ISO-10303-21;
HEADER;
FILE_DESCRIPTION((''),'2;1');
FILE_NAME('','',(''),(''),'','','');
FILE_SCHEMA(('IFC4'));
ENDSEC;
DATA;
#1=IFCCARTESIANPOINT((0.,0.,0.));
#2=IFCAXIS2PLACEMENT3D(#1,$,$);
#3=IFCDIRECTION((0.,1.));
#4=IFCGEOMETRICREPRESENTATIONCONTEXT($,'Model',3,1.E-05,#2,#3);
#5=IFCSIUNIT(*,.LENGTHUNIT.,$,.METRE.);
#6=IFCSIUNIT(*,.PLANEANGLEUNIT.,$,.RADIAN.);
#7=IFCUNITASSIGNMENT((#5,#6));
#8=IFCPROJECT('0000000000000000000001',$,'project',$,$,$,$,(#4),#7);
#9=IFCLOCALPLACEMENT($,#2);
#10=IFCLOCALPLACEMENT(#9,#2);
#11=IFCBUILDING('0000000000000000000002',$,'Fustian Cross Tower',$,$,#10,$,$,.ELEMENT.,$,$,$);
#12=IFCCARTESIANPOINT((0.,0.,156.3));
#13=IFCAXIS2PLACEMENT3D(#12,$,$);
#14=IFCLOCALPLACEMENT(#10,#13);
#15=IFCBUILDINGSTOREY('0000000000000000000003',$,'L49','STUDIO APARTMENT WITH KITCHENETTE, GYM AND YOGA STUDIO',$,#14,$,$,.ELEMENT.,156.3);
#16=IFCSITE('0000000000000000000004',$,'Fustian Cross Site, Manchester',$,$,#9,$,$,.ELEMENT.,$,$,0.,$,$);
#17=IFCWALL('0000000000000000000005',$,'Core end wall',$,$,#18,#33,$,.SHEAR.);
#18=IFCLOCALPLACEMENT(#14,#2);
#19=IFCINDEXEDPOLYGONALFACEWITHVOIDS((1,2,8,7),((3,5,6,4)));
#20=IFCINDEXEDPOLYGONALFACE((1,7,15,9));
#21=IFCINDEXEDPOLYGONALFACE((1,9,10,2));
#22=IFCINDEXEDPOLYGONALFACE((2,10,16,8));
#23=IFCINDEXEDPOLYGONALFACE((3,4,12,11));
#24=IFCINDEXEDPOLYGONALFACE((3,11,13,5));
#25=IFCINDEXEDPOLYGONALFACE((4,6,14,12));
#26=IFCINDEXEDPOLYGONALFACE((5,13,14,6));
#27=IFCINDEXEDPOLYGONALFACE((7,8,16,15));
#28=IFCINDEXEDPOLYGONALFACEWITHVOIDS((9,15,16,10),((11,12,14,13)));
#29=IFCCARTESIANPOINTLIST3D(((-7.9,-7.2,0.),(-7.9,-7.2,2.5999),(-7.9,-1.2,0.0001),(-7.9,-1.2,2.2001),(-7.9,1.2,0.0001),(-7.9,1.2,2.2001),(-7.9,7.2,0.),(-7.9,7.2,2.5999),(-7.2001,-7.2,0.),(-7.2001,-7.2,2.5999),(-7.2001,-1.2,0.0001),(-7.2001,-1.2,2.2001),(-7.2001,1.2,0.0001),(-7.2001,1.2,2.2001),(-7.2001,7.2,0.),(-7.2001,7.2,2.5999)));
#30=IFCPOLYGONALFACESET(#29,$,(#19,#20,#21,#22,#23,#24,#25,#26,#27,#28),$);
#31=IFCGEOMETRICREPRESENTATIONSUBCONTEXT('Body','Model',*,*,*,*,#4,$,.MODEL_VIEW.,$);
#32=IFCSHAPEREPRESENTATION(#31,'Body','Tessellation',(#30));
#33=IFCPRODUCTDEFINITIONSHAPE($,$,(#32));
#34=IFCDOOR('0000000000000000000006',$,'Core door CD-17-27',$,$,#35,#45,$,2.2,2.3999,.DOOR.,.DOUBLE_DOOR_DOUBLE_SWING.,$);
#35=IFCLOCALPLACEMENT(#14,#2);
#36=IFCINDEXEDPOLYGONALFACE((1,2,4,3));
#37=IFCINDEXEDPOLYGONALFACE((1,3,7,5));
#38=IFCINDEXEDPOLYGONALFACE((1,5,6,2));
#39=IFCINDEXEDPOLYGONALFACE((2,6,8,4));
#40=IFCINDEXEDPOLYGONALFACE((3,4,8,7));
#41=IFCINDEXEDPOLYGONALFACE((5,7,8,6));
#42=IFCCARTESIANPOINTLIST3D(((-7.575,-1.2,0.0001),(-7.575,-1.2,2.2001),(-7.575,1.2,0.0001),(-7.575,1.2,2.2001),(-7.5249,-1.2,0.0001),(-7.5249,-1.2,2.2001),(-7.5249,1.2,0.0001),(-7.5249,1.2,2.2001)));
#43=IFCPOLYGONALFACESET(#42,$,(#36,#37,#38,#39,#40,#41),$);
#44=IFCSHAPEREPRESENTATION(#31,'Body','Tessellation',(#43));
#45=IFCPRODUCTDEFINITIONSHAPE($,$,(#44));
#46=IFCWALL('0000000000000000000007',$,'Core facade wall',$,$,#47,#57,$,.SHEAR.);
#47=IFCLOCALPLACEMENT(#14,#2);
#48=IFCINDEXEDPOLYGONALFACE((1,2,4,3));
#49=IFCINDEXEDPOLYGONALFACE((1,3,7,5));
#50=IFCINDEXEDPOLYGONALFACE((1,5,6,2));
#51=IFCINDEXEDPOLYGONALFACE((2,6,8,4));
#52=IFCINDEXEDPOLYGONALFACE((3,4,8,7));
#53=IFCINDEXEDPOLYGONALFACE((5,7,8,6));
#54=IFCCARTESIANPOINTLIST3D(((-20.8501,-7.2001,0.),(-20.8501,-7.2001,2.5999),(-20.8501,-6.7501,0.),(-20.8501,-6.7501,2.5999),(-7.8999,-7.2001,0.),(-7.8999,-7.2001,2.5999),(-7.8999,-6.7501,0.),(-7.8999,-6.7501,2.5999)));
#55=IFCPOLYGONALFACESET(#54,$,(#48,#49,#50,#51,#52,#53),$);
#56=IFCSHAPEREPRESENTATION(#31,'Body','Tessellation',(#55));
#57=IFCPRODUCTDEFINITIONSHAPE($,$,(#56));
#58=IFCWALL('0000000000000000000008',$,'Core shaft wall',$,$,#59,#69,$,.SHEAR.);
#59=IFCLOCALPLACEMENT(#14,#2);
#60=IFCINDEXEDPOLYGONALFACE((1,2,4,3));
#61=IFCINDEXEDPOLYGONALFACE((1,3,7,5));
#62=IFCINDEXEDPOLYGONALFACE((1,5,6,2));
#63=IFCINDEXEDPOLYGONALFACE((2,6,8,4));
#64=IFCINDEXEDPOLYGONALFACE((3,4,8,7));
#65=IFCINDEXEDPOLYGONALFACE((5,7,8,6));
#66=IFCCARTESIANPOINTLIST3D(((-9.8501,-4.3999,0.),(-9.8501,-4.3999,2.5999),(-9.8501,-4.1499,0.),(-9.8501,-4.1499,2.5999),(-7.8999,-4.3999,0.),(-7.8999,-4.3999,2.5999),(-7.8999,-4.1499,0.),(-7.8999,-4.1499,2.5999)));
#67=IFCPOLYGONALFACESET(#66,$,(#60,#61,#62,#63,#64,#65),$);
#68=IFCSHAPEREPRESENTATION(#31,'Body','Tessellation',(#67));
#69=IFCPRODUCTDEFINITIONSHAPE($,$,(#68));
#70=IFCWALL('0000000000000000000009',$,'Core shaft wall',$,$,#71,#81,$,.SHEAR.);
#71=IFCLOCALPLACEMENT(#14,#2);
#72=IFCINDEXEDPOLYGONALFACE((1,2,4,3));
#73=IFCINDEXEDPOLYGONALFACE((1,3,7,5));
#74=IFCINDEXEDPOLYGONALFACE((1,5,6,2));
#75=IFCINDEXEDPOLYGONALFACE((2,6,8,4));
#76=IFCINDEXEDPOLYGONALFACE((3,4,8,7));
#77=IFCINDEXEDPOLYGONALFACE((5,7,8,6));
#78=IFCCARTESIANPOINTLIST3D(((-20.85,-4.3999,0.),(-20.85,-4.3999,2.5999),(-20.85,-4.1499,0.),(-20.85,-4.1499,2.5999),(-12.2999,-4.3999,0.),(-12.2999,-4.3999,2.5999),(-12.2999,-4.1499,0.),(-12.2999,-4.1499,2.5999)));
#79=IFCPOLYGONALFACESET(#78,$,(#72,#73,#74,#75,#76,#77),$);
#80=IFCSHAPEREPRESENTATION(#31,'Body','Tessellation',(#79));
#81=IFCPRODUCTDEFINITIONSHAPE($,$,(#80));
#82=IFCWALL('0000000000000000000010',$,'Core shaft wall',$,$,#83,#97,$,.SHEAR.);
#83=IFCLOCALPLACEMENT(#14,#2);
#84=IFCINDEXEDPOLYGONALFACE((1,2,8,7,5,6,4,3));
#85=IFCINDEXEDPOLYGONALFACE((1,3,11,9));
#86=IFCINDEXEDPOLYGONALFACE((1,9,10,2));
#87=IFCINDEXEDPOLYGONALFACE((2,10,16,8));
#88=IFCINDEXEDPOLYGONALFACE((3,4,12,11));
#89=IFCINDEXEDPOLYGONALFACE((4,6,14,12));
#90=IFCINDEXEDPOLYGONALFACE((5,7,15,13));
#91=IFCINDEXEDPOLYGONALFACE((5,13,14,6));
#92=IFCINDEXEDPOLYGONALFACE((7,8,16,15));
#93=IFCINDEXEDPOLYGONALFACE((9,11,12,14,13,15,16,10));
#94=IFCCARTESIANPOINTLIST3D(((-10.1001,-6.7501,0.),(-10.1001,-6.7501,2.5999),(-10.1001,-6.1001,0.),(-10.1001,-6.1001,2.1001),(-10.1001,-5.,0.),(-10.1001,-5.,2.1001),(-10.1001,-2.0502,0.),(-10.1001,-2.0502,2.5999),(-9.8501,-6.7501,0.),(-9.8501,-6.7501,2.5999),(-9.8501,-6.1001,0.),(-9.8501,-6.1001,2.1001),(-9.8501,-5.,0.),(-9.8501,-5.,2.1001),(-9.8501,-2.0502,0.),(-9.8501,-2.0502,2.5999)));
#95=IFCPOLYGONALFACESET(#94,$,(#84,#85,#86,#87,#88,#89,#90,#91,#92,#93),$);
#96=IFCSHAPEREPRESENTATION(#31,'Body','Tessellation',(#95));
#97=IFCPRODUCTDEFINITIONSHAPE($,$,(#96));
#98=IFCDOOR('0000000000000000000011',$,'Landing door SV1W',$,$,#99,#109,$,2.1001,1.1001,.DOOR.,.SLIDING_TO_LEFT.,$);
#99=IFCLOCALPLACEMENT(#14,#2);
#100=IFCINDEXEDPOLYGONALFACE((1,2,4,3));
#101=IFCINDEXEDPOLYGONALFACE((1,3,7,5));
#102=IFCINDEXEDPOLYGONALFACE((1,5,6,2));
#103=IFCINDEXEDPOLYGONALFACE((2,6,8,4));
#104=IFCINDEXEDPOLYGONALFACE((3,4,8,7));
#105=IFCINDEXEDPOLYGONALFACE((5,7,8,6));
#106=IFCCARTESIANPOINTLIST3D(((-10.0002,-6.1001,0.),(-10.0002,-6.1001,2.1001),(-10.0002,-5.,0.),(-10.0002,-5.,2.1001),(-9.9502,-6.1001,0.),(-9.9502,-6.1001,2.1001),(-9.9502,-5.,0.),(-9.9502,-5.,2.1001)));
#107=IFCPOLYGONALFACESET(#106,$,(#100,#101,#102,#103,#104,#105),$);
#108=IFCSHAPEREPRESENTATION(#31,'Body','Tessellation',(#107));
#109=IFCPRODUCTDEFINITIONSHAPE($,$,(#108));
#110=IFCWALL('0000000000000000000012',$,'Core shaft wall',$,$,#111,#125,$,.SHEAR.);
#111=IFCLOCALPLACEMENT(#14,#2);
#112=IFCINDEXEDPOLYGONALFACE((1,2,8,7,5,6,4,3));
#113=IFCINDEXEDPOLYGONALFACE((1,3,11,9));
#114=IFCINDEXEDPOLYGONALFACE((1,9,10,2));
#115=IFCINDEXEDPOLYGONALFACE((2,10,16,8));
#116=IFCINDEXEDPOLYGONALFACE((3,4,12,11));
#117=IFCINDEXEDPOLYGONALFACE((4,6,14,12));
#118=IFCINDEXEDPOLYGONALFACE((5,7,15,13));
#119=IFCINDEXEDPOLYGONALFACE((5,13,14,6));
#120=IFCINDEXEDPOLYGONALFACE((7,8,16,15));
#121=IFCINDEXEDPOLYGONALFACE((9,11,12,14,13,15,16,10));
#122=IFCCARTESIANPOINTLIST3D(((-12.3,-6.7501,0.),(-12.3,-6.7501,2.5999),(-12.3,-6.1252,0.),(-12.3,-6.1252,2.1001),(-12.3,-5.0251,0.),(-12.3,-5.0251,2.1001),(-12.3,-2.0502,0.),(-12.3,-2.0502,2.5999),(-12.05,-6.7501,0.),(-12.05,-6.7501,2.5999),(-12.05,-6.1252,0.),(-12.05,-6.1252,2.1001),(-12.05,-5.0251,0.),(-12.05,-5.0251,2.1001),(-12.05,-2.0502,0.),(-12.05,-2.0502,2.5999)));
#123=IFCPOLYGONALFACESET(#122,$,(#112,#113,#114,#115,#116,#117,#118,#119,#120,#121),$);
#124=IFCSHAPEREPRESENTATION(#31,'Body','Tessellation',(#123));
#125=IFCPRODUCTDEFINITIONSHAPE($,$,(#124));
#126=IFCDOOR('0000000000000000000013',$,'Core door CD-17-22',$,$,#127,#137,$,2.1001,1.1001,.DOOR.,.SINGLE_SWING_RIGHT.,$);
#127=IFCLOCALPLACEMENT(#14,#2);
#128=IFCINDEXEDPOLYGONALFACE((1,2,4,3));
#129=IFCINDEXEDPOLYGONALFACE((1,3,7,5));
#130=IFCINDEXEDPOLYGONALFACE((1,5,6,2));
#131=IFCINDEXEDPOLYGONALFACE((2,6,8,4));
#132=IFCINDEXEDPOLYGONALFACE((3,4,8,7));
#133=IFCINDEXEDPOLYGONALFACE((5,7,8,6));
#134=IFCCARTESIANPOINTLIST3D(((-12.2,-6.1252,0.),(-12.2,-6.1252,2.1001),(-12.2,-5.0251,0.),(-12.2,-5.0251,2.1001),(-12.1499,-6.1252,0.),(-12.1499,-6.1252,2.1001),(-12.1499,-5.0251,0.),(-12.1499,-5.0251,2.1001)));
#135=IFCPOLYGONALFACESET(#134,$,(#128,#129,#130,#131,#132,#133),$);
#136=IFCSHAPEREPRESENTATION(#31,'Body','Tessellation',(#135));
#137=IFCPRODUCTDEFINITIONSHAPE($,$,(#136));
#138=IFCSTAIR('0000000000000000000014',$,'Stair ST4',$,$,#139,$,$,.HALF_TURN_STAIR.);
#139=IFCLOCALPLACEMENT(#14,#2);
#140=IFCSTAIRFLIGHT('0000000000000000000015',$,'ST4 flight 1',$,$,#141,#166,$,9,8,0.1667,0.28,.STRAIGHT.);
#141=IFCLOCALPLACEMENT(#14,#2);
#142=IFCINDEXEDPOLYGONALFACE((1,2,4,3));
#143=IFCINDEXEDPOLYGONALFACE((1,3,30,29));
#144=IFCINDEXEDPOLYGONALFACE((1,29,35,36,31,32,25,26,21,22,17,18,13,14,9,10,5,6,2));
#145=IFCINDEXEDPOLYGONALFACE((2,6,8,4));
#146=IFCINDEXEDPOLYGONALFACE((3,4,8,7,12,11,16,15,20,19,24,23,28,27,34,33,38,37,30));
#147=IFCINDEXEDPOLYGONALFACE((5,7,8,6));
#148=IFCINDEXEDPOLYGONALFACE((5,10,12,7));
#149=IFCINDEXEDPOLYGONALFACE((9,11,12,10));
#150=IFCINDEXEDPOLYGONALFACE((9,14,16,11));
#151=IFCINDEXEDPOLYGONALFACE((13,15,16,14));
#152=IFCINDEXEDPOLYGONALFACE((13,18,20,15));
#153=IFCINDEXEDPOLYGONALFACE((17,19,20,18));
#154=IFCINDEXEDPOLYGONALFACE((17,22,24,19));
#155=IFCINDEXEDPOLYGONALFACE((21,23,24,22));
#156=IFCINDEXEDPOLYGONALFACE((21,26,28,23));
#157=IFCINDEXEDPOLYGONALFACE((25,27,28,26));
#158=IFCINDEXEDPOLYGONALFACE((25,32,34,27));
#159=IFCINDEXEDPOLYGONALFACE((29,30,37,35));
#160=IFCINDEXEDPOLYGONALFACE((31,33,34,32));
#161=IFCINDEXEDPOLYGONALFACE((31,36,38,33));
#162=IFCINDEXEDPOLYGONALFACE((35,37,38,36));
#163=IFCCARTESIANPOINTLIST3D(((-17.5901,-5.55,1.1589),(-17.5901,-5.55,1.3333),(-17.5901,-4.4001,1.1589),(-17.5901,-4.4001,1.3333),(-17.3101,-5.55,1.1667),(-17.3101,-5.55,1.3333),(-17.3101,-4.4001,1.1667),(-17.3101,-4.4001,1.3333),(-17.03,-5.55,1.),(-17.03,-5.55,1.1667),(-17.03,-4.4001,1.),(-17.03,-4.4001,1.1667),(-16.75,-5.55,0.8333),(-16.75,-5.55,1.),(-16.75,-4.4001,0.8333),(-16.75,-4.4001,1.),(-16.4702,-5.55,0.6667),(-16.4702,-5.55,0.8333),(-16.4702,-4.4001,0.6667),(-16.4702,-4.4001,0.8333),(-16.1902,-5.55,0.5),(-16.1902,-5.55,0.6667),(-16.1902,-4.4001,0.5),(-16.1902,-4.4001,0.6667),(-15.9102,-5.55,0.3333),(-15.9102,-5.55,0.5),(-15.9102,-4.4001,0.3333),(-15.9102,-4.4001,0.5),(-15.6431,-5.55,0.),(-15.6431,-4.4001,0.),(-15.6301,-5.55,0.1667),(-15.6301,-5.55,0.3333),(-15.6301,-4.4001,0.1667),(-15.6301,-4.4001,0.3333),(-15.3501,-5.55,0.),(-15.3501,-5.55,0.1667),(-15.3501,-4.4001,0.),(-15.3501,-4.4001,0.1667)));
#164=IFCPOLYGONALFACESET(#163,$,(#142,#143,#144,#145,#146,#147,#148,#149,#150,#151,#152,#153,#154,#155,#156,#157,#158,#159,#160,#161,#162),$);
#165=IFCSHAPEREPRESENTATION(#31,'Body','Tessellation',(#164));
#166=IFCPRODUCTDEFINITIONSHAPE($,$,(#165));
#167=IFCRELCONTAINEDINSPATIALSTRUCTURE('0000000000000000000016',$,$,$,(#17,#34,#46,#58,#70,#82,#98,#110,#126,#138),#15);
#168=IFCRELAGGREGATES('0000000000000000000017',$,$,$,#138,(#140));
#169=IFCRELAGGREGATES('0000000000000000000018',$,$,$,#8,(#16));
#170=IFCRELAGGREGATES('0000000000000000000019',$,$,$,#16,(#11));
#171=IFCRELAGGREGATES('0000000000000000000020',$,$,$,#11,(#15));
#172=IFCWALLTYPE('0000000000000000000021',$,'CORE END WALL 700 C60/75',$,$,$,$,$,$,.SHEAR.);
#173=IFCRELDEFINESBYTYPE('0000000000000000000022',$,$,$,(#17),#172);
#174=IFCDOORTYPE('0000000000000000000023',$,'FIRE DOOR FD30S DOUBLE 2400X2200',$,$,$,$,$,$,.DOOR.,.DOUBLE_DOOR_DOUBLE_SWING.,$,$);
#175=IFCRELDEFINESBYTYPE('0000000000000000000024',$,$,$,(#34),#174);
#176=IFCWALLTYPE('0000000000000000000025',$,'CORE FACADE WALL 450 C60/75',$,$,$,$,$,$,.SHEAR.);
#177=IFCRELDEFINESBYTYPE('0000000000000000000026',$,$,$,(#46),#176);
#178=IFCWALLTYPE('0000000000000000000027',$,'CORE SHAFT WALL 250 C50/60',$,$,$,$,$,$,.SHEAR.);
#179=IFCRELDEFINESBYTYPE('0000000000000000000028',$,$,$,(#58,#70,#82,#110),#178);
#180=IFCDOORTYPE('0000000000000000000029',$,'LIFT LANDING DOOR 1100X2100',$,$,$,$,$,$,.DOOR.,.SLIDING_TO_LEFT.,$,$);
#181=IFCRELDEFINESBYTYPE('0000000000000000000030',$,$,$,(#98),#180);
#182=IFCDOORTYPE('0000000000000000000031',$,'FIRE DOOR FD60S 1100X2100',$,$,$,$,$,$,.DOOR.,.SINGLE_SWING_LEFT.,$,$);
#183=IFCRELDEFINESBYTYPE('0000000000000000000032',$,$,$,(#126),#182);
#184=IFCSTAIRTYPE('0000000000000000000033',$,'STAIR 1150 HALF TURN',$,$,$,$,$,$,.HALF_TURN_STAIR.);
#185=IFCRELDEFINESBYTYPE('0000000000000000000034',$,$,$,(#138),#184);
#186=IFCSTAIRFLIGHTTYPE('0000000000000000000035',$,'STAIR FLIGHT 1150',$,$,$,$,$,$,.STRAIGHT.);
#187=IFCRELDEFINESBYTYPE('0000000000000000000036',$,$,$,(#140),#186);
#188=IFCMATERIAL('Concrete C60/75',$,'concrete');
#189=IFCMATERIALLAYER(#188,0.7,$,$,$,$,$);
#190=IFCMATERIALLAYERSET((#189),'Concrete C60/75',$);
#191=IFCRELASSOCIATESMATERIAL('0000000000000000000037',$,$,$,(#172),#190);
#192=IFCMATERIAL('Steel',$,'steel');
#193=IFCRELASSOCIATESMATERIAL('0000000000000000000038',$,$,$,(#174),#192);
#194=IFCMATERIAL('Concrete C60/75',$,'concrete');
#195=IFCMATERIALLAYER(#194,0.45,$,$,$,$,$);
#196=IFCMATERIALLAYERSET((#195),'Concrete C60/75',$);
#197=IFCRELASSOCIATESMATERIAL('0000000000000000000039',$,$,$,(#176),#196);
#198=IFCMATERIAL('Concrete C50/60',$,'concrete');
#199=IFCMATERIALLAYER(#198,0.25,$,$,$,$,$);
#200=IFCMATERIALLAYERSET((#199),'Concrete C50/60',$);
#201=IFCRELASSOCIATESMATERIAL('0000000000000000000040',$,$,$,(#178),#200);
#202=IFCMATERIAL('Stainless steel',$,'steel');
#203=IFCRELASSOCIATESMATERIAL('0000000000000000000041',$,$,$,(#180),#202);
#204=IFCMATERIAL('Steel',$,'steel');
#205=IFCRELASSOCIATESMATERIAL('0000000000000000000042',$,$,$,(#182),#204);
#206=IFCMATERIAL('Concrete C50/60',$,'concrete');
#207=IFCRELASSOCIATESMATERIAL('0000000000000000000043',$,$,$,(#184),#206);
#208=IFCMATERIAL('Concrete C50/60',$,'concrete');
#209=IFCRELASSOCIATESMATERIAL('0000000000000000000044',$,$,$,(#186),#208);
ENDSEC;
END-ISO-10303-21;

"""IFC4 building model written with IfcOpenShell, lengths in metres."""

from ifc_helpers import new_model, si_unit, direction, frame, frame_2d, origin, place, context, subcontext, project, spatial, polyline, rectangle, outline, extrude, material, layer, layer_set, type_object, element, fill, aggregate, save


model = new_model("IFC4")

# Units and contexts
model_context = context("Model", 3, precision=1e-05, world=origin(), true_north=direction((0.0, 1.0)))
body_context = subcontext(model_context, "Body", "Model", "MODEL_VIEW")
ifc_project = project(units=[si_unit("LENGTHUNIT", "METRE"), si_unit("PLANEANGLEUNIT", "RADIAN")], contexts=[model_context])

# Site, building, storey
site_placement = place(None, origin())
site = spatial("IfcSite", under=ifc_project, at=site_placement, Name="Fustian Cross Site, Manchester", CompositionType="ELEMENT", RefElevation=0.0)
building_placement = place(site_placement, origin())
building = spatial("IfcBuilding", under=site, at=building_placement, Name="Fustian Cross Tower", CompositionType="ELEMENT")
storey_placement = place(building_placement, frame((0.0, 0.0, 156.3)))
storey = spatial("IfcBuildingStorey", under=building, at=storey_placement, Name="L49", Description="STUDIO APARTMENT WITH KITCHENETTE, GYM AND YOGA STUDIO", CompositionType="ELEMENT", Elevation=156.3)

# Wall, opening, door
ifc_material_1 = material(Name="Concrete C60/75", Category="concrete")
ifc_layer_1 = layer(ifc_material_1, 0.7)
ifc_layer_set_1 = layer_set([ifc_layer_1], Name="Concrete C60/75")
wall_type_1 = type_object("IfcWallType", Name="CORE END WALL 700 C60/75", PredefinedType="SHEAR", material=ifc_layer_set_1)
wall_1_placement = place(storey_placement, frame((-7.55, -7.2, 0.0), z_axis=(0.0, 0.0, 1.0), x_axis=(0.0, 1.0, 0.0)))
wall_1 = element("IfcWall", 1, at=wall_1_placement, inside=storey, type_object=wall_type_1, Name="Core end wall", PredefinedType="SHEAR", context=body_context, shape_type="SweptSolid", body=[
    extrude(rectangle(XDim=14.3999, YDim=0.7, at=frame_2d((7.2, 0.0))), origin(), (0.0, 0.0, 1.0), 2.5999),
])
opening_1_placement = place(wall_1_placement, frame((6.0, 0.0, 0.0)))
opening_1 = element("IfcOpeningElement", 2, at=opening_1_placement, cuts=wall_1, PredefinedType="OPENING", context=body_context, shape_type="SweptSolid", body=[
    extrude(rectangle(XDim=2.3999, YDim=2.2, at=frame_2d((1.2, 1.1001))), frame((0.0, 0.3599, 0.0), z_axis=(0.0, -1.0, 0.0), x_axis=(1.0, 0.0, 0.0)), (0.0, 0.0, 1.0), 0.72),
])
ifc_material_2 = material(Name="Steel", Category="steel")
door_type_1 = type_object("IfcDoorType", Name="FIRE DOOR FD30S DOUBLE 2400X2200", OperationType="DOUBLE_DOOR_DOUBLE_SWING", PredefinedType="DOOR", material=ifc_material_2)
door_1_placement = place(opening_1_placement, origin())
door_1 = element("IfcDoor", 3, at=door_1_placement, inside=storey, type_object=door_type_1, Name="Core door CD-17-27", OperationType="DOUBLE_DOOR_DOUBLE_SWING", OverallHeight=2.2, OverallWidth=2.3999, PredefinedType="DOOR", context=body_context, shape_type="SweptSolid", body=[
    extrude(rectangle(XDim=2.3999, YDim=2.2, at=frame_2d((1.2, 1.1001))), frame((0.0, 0.0249, 0.0), z_axis=(0.0, -1.0, 0.0), x_axis=(1.0, 0.0, 0.0)), (0.0, 0.0, 1.0), 0.05),
])
fill(opening_1, door_1)

# Walls
ifc_material_3 = material(Name="Concrete C60/75", Category="concrete")
ifc_layer_2 = layer(ifc_material_3, 0.45)
ifc_layer_set_2 = layer_set([ifc_layer_2], Name="Concrete C60/75")
wall_type_2 = type_object("IfcWallType", Name="CORE FACADE WALL 450 C60/75", PredefinedType="SHEAR", material=ifc_layer_set_2)
wall_2_placement = place(storey_placement, frame((-7.8999, -6.9751, 0.0), z_axis=(0.0, 0.0, 1.0), x_axis=(-1.0, 0.0, 0.0)))
element("IfcWall", 4, at=wall_2_placement, inside=storey, type_object=wall_type_2, Name="Core facade wall", PredefinedType="SHEAR", context=body_context, shape_type="SweptSolid", body=[
    extrude(rectangle(XDim=12.9502, YDim=0.45, at=frame_2d((6.4751, 0.0))), origin(), (0.0, 0.0, 1.0), 2.5999),
])
ifc_material_4 = material(Name="Concrete C50/60", Category="concrete")
ifc_layer_3 = layer(ifc_material_4, 0.25)
ifc_layer_set_3 = layer_set([ifc_layer_3], Name="Concrete C50/60")
wall_type_3 = type_object("IfcWallType", Name="CORE SHAFT WALL 250 C50/60", PredefinedType="SHEAR", material=ifc_layer_set_3)
wall_3_placement = place(storey_placement, frame((-7.8999, -4.2749, 0.0), z_axis=(0.0, 0.0, 1.0), x_axis=(-1.0, 0.0, 0.0)))
element("IfcWall", 5, at=wall_3_placement, inside=storey, type_object=wall_type_3, Name="Core shaft wall", PredefinedType="SHEAR", context=body_context, shape_type="SweptSolid", body=[
    extrude(rectangle(XDim=1.9502, YDim=0.25, at=frame_2d((0.9751, 0.0))), origin(), (0.0, 0.0, 1.0), 2.5999),
])
wall_4_placement = place(storey_placement, frame((-12.3, -4.2749, 0.0), z_axis=(0.0, 0.0, 1.0), x_axis=(-1.0, 0.0, 0.0)))
element("IfcWall", 6, at=wall_4_placement, inside=storey, type_object=wall_type_3, Name="Core shaft wall", PredefinedType="SHEAR", context=body_context, shape_type="SweptSolid", body=[
    extrude(rectangle(XDim=8.55, YDim=0.25, at=frame_2d((4.2749, 0.0))), origin(), (0.0, 0.0, 1.0), 2.5999),
])

# Walls, openings, doors
wall_5_placement = place(storey_placement, frame((-9.9751, -2.05, 0.0), z_axis=(0.0, 0.0, 1.0), x_axis=(0.0, -1.0, 0.0)))
wall_5 = element("IfcWall", 7, at=wall_5_placement, inside=storey, type_object=wall_type_3, Name="Core shaft wall", PredefinedType="SHEAR", context=body_context, shape_type="SweptSolid", body=[
    extrude(rectangle(XDim=4.7, YDim=0.25, at=frame_2d((2.3501, 0.0))), origin(), (0.0, 0.0, 1.0), 2.5999),
])
opening_2_placement = place(wall_5_placement, frame((2.95, 0.0, 0.0)))
opening_2 = element("IfcOpeningElement", 8, at=opening_2_placement, cuts=wall_5, PredefinedType="OPENING", context=body_context, shape_type="SweptSolid", body=[
    extrude(rectangle(XDim=1.1001, YDim=2.1001, at=frame_2d((0.55, 1.05))), frame((0.0, 0.135, 0.0), z_axis=(0.0, -1.0, 0.0), x_axis=(1.0, 0.0, 0.0)), (0.0, 0.0, 1.0), 0.27),
])
ifc_material_5 = material(Name="Stainless steel", Category="steel")
door_type_2 = type_object("IfcDoorType", Name="LIFT LANDING DOOR 1100X2100", OperationType="SLIDING_TO_LEFT", PredefinedType="DOOR", material=ifc_material_5)
door_2_placement = place(opening_2_placement, origin())
door_2 = element("IfcDoor", 9, at=door_2_placement, inside=storey, type_object=door_type_2, Name="Landing door SV1W", OperationType="SLIDING_TO_LEFT", OverallHeight=2.1001, OverallWidth=1.1001, PredefinedType="DOOR", context=body_context, shape_type="SweptSolid", body=[
    extrude(rectangle(XDim=1.1001, YDim=2.1001, at=frame_2d((0.55, 1.05))), frame((0.0, 0.0249, 0.0), z_axis=(0.0, -1.0, 0.0), x_axis=(1.0, 0.0, 0.0)), (0.0, 0.0, 1.0), 0.05),
])
fill(opening_2, door_2)
wall_6_placement = place(storey_placement, frame((-12.175, -2.05, 0.0), z_axis=(0.0, 0.0, 1.0), x_axis=(0.0, -1.0, 0.0)))
wall_6 = element("IfcWall", 10, at=wall_6_placement, inside=storey, type_object=wall_type_3, Name="Core shaft wall", PredefinedType="SHEAR", context=body_context, shape_type="SweptSolid", body=[
    extrude(rectangle(XDim=4.7, YDim=0.25, at=frame_2d((2.3501, 0.0))), origin(), (0.0, 0.0, 1.0), 2.5999),
])
opening_3_placement = place(wall_6_placement, frame((2.9751, 0.0, 0.0)))
opening_3 = element("IfcOpeningElement", 11, at=opening_3_placement, cuts=wall_6, PredefinedType="OPENING", context=body_context, shape_type="SweptSolid", body=[
    extrude(rectangle(XDim=1.1001, YDim=2.1001, at=frame_2d((0.55, 1.05))), frame((0.0, 0.135, 0.0), z_axis=(0.0, -1.0, 0.0), x_axis=(1.0, 0.0, 0.0)), (0.0, 0.0, 1.0), 0.27),
])
ifc_material_6 = material(Name="Steel", Category="steel")
door_type_3 = type_object("IfcDoorType", Name="FIRE DOOR FD60S 1100X2100", OperationType="SINGLE_SWING_LEFT", PredefinedType="DOOR", material=ifc_material_6)
door_3_placement = place(opening_3_placement, frame((1.1001, 0.0, 0.0), z_axis=(0.0, 0.0, 1.0), x_axis=(-1.0, 0.0, 0.0)))
door_3 = element("IfcDoor", 12, at=door_3_placement, inside=storey, type_object=door_type_3, Name="Core door CD-17-22", OperationType="SINGLE_SWING_RIGHT", OverallHeight=2.1001, OverallWidth=1.1001, PredefinedType="DOOR", context=body_context, shape_type="SweptSolid", body=[
    extrude(rectangle(XDim=1.1001, YDim=2.1001, at=frame_2d((0.55, 1.05))), frame((0.0, 0.0249, 0.0), z_axis=(0.0, -1.0, 0.0), x_axis=(1.0, 0.0, 0.0)), (0.0, 0.0, 1.0), 0.05),
])
fill(opening_3, door_3)

# Stair, stair flight
ifc_material_7 = material(Name="Concrete C50/60", Category="concrete")
stair_type = type_object("IfcStairType", Name="STAIR 1150 HALF TURN", PredefinedType="HALF_TURN_STAIR", material=ifc_material_7)
stair_placement = place(storey_placement, origin())
stair = element("IfcStair", 13, at=stair_placement, inside=storey, type_object=stair_type, Name="Stair ST4", PredefinedType="HALF_TURN_STAIR")
ifc_material_8 = material(Name="Concrete C50/60", Category="concrete")
stair_flight_type = type_object("IfcStairFlightType", Name="STAIR FLIGHT 1150", PredefinedType="STRAIGHT", material=ifc_material_8)
stair_flight_1_placement = place(storey_placement, frame((-15.3501, -4.9751, 0.0), z_axis=(0.0, 0.0, 1.0), x_axis=(-1.0, 0.0, 0.0)))
stair_flight_1 = element("IfcStairFlight", 14, at=stair_flight_1_placement, type_object=stair_flight_type, Name="ST4 flight 1", NumberOfRisers=9, NumberOfTreads=8, PredefinedType="STRAIGHT", RiserHeight=0.1667, TreadLength=0.28, context=body_context, shape_type="SweptSolid", body=[
    extrude(outline(polyline([(0.0, 0.0), (0.0, 0.1667), (0.28, 0.1667), (0.28, 0.3333), (0.5601, 0.3333), (0.5601, 0.5), (0.8401, 0.5), (0.8401, 0.6667), (1.1201, 0.6667), (1.1201, 0.8333), (1.3999, 0.8333), (1.3999, 1.0), (1.6799, 1.0), (1.6799, 1.1667), (1.96, 1.1667), (1.96, 1.3333), (2.24, 1.3333), (2.24, 1.5), (2.24, 1.1589), (0.293, 0.0), (0.0, 0.0)])), frame((0.0, 0.575, 0.0), z_axis=(0.0, -1.0, 0.0), x_axis=(1.0, 0.0, 0.0)), (0.0, 0.0, 1.0), 1.1499),
])
aggregate(stair, [stair_flight_1])

save(model, "model.ifc")
